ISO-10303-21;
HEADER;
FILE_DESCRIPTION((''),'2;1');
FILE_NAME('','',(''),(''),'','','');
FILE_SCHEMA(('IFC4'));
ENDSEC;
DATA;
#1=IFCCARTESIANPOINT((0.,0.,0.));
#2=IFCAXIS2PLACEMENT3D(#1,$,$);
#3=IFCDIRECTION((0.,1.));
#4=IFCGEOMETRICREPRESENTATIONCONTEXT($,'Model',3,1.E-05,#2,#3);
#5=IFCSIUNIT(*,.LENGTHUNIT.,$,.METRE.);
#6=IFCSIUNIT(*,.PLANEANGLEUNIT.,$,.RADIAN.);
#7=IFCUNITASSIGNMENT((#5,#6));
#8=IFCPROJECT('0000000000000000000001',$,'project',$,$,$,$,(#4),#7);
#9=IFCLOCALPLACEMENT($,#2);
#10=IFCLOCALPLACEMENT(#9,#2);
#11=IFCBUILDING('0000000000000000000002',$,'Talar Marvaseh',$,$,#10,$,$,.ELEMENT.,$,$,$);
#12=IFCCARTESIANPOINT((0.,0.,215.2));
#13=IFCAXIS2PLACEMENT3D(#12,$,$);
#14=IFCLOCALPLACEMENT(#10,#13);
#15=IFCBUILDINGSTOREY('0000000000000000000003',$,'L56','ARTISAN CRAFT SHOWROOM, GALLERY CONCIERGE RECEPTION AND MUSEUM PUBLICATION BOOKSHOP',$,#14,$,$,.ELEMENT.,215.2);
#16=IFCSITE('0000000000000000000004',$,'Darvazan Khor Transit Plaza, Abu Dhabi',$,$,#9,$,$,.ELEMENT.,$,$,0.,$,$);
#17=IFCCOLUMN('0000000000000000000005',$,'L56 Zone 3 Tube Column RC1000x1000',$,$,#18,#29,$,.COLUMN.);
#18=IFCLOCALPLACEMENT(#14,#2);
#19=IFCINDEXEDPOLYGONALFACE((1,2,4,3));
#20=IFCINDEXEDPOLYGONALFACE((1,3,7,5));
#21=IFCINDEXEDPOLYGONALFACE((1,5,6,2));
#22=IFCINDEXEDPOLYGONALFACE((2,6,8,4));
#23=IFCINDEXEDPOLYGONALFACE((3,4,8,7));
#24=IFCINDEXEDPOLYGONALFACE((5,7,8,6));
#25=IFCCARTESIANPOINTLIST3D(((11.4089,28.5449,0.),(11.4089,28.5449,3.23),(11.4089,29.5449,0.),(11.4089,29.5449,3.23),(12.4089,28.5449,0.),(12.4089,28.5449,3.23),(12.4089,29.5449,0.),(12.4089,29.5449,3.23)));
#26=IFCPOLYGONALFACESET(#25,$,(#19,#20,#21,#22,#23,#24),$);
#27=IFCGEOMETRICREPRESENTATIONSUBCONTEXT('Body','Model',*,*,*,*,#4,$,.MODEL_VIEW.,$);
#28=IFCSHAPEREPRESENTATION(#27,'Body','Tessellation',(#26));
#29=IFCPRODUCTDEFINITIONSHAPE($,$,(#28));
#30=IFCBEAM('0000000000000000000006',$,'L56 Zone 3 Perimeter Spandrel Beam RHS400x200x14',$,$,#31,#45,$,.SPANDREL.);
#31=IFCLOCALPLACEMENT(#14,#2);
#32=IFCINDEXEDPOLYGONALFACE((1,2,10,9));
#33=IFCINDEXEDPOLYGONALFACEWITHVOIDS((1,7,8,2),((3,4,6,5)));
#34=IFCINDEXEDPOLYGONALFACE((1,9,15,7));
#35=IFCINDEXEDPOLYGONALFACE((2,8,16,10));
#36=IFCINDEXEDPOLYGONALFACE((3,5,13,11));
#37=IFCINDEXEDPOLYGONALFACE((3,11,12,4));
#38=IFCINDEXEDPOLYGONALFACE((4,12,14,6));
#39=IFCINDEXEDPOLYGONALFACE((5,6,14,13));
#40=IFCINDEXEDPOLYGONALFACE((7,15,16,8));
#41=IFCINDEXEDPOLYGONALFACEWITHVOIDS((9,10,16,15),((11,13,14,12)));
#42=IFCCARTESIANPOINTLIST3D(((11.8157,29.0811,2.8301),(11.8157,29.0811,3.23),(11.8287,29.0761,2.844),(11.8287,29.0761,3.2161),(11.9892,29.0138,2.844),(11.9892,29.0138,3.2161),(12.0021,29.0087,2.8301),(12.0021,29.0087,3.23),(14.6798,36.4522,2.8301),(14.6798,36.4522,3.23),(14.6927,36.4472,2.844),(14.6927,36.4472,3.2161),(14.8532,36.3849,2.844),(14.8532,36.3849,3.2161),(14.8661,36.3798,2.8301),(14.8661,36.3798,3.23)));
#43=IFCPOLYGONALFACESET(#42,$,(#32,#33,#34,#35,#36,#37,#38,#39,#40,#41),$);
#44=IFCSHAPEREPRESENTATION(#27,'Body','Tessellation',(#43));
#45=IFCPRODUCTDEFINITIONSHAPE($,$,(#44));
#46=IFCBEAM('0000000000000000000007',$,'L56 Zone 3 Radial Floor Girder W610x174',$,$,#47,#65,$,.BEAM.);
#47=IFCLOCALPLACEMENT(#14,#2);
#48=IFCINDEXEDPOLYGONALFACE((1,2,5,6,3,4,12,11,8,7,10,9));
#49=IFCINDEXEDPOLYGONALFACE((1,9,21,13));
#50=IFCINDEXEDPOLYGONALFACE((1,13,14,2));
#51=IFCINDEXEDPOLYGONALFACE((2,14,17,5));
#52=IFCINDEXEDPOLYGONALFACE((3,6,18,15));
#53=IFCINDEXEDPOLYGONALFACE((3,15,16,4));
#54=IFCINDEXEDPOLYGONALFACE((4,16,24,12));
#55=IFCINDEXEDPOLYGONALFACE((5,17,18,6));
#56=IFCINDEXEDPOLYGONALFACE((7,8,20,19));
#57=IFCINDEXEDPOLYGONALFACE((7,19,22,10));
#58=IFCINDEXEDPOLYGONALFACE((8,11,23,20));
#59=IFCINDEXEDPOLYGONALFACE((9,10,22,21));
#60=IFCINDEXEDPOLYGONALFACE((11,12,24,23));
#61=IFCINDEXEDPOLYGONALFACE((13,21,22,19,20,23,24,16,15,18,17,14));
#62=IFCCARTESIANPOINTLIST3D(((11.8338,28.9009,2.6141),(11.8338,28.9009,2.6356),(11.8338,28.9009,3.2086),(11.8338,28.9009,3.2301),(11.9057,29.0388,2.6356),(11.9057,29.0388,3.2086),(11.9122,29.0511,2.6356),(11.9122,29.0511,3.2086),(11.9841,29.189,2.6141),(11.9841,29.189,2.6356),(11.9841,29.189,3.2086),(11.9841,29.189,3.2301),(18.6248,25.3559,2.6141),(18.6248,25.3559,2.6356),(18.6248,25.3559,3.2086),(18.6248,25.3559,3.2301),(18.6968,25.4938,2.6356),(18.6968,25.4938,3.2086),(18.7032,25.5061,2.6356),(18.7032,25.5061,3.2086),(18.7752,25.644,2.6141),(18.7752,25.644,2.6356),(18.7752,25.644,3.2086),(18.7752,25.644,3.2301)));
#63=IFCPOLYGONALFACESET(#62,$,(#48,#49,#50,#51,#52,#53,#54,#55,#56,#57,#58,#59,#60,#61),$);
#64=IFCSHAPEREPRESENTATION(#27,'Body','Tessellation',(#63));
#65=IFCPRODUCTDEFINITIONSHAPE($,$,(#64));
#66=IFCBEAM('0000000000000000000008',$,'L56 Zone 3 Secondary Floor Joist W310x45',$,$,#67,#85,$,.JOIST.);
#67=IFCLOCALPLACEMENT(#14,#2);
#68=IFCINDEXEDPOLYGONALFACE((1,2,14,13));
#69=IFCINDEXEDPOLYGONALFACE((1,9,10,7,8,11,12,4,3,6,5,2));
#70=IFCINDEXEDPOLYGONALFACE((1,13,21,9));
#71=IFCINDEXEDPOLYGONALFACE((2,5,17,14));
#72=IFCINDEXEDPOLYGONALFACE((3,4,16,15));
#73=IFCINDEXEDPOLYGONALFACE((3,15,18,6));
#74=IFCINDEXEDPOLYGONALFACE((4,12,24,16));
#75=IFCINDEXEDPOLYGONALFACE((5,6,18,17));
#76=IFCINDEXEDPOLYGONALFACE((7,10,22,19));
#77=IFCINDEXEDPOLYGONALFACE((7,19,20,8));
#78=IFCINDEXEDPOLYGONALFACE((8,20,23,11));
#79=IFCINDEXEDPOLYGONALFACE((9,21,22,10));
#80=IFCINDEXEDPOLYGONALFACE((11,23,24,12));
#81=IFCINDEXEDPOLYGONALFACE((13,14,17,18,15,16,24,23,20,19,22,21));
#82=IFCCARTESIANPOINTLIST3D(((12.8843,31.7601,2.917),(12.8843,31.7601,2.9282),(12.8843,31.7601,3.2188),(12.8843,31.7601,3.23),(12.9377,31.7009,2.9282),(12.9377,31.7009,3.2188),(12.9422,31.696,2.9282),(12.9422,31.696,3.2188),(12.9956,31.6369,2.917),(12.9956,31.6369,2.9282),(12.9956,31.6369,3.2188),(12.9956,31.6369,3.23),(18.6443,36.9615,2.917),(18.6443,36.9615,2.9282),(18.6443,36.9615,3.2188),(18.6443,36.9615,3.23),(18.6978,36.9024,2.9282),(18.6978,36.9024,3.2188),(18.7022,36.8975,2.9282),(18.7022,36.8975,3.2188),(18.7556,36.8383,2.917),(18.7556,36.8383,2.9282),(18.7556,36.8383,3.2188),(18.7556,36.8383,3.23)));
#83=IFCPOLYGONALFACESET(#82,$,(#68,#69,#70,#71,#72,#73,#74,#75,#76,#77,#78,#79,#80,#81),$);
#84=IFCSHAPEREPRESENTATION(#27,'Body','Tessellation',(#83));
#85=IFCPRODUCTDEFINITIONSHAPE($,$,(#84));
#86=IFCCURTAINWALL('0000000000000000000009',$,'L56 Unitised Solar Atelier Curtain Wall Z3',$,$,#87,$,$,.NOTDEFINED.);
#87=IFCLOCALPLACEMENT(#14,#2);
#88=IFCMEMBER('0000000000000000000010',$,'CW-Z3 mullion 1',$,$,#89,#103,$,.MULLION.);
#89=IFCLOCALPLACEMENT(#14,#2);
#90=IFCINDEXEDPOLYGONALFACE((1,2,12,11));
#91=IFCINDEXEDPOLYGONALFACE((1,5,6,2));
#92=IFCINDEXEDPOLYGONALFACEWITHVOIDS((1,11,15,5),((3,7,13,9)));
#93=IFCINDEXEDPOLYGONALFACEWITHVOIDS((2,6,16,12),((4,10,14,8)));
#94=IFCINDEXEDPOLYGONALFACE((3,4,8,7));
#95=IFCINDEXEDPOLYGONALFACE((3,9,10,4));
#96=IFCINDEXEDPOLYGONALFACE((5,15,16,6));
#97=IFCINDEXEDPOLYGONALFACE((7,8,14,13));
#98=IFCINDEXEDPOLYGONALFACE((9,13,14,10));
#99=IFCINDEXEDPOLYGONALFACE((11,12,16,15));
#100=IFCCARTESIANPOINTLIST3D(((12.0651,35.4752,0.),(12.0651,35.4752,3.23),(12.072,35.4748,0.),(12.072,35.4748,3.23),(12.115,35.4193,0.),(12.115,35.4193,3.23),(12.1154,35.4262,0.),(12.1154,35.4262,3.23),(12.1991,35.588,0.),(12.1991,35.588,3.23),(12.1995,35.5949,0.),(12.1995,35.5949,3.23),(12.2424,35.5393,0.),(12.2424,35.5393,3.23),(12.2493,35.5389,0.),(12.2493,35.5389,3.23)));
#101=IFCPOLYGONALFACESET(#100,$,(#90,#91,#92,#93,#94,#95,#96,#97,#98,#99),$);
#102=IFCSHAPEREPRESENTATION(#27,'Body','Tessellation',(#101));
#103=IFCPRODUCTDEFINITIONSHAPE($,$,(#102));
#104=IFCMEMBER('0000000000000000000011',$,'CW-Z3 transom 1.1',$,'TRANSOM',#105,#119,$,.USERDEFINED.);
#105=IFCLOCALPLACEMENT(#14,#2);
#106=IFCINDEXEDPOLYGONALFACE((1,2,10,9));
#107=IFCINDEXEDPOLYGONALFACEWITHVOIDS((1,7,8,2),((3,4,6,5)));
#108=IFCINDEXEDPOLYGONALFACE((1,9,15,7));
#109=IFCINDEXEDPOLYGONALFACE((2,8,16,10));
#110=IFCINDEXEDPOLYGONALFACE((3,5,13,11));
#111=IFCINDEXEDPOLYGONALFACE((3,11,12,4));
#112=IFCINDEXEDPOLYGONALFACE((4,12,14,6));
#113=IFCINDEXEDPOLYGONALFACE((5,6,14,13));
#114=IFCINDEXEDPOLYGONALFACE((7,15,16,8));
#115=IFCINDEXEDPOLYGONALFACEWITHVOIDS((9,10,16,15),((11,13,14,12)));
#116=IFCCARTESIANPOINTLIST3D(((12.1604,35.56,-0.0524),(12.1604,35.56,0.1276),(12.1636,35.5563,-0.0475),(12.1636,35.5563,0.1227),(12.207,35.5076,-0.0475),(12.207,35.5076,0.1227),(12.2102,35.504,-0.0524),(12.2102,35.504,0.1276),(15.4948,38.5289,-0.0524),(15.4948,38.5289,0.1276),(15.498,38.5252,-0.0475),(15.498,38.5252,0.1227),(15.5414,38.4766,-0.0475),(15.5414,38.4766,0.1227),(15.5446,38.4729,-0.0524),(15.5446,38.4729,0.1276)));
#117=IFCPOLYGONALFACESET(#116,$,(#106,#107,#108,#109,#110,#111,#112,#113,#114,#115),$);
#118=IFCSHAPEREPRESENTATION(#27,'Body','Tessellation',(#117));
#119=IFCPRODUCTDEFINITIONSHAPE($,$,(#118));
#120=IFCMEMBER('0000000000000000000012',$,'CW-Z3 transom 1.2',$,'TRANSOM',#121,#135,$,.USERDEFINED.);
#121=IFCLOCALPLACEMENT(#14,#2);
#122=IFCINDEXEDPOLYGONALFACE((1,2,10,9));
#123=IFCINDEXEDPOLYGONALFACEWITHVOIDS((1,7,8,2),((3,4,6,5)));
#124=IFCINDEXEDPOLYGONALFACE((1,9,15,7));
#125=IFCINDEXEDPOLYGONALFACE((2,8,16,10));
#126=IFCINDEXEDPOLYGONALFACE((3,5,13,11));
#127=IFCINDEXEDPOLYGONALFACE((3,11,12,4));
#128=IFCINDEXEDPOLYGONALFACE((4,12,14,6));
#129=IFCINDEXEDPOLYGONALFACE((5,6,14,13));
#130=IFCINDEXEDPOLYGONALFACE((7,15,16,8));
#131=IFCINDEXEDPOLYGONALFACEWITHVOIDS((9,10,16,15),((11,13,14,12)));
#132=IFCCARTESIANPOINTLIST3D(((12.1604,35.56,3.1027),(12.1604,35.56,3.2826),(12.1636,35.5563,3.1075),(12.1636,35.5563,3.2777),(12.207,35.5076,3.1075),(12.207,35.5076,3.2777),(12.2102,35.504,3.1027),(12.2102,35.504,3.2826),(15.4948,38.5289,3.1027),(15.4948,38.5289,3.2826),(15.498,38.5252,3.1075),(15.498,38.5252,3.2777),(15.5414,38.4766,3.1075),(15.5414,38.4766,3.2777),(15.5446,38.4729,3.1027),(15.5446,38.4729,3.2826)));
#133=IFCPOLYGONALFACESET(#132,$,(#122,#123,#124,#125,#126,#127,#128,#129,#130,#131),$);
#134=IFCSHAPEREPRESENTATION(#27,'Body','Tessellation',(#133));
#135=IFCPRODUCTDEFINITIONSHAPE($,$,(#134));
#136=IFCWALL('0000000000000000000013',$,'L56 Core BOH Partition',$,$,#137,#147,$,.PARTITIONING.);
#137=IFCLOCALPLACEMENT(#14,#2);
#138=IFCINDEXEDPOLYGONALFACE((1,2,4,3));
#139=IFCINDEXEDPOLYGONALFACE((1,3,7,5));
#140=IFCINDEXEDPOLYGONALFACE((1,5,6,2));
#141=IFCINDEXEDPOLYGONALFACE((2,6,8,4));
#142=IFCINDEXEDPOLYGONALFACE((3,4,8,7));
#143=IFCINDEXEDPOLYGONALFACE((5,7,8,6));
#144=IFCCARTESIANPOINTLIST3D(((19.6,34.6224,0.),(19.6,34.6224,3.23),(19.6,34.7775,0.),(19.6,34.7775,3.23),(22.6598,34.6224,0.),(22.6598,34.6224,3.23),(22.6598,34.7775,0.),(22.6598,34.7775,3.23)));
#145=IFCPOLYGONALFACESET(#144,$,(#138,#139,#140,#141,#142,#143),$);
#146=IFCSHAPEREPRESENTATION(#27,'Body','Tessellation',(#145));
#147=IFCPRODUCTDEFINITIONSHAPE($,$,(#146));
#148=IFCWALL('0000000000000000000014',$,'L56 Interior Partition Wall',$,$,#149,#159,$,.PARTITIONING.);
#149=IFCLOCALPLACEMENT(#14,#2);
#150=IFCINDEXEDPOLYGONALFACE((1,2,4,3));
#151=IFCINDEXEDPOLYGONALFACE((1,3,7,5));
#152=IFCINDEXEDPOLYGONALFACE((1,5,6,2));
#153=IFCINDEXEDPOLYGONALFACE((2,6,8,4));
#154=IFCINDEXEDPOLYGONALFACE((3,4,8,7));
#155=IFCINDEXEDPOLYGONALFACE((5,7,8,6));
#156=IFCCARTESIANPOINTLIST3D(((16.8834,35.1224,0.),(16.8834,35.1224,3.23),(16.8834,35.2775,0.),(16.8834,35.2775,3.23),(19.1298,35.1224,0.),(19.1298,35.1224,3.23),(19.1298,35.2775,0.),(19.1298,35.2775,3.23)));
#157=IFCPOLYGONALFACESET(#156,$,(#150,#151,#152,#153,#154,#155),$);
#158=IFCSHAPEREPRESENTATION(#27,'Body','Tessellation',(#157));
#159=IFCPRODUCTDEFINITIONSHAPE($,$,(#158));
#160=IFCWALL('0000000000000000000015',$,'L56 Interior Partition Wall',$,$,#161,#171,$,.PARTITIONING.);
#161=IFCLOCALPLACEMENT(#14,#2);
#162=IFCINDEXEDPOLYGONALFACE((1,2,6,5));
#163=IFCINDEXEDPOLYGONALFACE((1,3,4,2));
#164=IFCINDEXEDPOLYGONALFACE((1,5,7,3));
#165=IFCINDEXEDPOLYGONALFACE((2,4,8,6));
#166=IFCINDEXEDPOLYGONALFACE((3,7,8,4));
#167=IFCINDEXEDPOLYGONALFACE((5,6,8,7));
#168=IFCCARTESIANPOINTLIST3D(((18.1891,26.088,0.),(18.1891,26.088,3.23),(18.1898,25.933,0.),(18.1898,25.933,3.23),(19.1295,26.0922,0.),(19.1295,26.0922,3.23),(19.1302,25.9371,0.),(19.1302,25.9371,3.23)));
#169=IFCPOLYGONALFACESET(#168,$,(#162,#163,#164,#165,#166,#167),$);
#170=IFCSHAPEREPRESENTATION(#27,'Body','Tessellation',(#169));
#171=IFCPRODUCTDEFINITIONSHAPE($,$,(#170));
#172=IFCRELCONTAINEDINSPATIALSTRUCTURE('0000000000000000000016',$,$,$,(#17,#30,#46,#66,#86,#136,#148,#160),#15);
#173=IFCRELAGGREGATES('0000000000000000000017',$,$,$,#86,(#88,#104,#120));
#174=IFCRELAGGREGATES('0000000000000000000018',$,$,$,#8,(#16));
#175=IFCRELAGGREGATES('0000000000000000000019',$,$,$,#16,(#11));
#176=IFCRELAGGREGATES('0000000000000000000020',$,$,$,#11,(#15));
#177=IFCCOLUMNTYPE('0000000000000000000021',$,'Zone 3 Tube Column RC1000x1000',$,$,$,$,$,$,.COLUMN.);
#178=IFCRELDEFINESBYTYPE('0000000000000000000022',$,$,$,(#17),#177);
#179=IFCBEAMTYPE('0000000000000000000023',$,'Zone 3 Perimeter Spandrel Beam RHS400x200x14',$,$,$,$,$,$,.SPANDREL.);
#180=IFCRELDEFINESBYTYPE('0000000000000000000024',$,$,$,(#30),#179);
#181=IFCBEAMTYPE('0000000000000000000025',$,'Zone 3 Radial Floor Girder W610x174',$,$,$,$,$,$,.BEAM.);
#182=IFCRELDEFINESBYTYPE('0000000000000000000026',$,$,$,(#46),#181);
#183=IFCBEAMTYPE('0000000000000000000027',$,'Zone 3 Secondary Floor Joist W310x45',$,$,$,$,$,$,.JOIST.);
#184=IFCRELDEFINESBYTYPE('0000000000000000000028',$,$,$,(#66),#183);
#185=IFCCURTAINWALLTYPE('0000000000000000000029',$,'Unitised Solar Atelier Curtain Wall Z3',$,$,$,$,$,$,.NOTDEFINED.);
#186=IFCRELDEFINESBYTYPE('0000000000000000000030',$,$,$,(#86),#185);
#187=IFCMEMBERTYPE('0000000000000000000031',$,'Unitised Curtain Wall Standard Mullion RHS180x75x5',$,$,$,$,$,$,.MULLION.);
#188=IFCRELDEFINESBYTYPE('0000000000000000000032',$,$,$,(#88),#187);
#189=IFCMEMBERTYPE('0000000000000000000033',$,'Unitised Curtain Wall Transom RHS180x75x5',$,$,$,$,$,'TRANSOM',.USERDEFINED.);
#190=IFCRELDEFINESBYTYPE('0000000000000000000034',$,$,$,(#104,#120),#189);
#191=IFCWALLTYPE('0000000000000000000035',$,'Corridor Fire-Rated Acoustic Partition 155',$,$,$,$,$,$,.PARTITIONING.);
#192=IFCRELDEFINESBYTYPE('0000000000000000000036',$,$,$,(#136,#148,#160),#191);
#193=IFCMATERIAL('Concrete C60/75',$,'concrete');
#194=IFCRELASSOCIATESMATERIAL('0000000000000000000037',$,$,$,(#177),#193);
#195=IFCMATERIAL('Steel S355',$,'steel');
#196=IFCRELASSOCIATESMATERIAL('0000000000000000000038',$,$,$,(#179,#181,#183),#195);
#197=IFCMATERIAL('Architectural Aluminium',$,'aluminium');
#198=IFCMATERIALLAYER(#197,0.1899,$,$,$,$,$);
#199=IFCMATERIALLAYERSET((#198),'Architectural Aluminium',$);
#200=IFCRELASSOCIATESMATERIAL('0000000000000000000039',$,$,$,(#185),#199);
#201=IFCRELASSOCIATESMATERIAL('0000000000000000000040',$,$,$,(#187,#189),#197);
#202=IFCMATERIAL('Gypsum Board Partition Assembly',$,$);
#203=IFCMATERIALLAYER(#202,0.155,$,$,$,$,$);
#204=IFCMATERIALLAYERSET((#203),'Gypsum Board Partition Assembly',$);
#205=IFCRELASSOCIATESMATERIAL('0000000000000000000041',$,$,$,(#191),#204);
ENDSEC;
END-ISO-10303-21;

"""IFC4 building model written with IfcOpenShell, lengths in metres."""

from ifc_helpers import new_model, si_unit, direction, frame, frame_2d, origin, origin_2d, place, context, subcontext, project, spatial, rectangle, hollow_rectangle, i_section, extrude, source, transform, mapped, material, layer, layer_set, material_profile, profile_set, type_object, type_shapes, element, aggregate, save


model = new_model("IFC4")

# Units and contexts
model_context = context("Model", 3, precision=1e-05, world=origin(), true_north=direction((0.0, 1.0)))
body_context = subcontext(model_context, "Body", "Model", "MODEL_VIEW")
ifc_project = project(units=[si_unit("LENGTHUNIT", "METRE"), si_unit("PLANEANGLEUNIT", "RADIAN")], contexts=[model_context])

# Site, building, storey
site_placement = place(None, origin())
site = spatial("IfcSite", under=ifc_project, at=site_placement, Name="Darvazan Khor Transit Plaza, Abu Dhabi", CompositionType="ELEMENT", RefElevation=0.0)
building_placement = place(site_placement, origin())
building = spatial("IfcBuilding", under=site, at=building_placement, Name="Talar Marvaseh", CompositionType="ELEMENT")
storey_placement = place(building_placement, frame((0.0, 0.0, 215.2)))
storey = spatial("IfcBuildingStorey", under=building, at=storey_placement, Name="L56", Description="ARTISAN CRAFT SHOWROOM, GALLERY CONCIERGE RECEPTION AND MUSEUM PUBLICATION BOOKSHOP", CompositionType="ELEMENT", Elevation=215.2)

# Column
ifc_material_1 = material(Name="Concrete C60/75", Category="concrete")
ifc_material_profile_1 = material_profile(ifc_material_1, rectangle(XDim=1.0, YDim=1.0, at=origin_2d()), Name="RC1000x1000")
ifc_profile_set_1 = profile_set([ifc_material_profile_1], Name="Concrete C60/75")
column_type = type_object("IfcColumnType", Name="Zone 3 Tube Column RC1000x1000", PredefinedType="COLUMN", material=ifc_profile_set_1)
column_placement = place(storey_placement, frame((11.9089, 29.0449, 0.0), z_axis=(0.0, 0.0, 1.0), x_axis=(1.0, 0.0, 0.0)))
element("IfcColumn", 1, at=column_placement, inside=storey, type_object=column_type, Name="L56 Zone 3 Tube Column RC1000x1000", PredefinedType="COLUMN", context=body_context, shape_type="SweptSolid", body=[
    extrude(rectangle(XDim=1.0, YDim=1.0, at=origin_2d()), origin(), (0.0, 0.0, 1.0), 3.23),
])

# Beams
ifc_material_2 = material(Name="Steel S355", Category="steel")
ifc_material_profile_2 = material_profile(ifc_material_2, hollow_rectangle(XDim=0.2, YDim=0.3999, WallThickness=0.0139, at=origin_2d()), Name="RHS400x200x14")
ifc_profile_set_2 = profile_set([ifc_material_profile_2], Name="Steel S355")
beam_type_1 = type_object("IfcBeamType", Name="Zone 3 Perimeter Spandrel Beam RHS400x200x14", PredefinedType="SPANDREL", material=ifc_profile_set_2)
beam_1_placement = place(storey_placement, frame((11.9089, 29.0449, 3.03), z_axis=(0.362169, 0.932112, 0.0), x_axis=(-0.932112, 0.362169, 0.0)))
element("IfcBeam", 2, at=beam_1_placement, inside=storey, type_object=beam_type_1, Name="L56 Zone 3 Perimeter Spandrel Beam RHS400x200x14", PredefinedType="SPANDREL", context=body_context, shape_type="SweptSolid", body=[
    extrude(hollow_rectangle(XDim=0.2, YDim=0.3999, WallThickness=0.0139, at=origin_2d()), origin(), (0.0, 0.0, 1.0), 7.908),
])
ifc_material_profile_3 = material_profile(ifc_material_2, i_section(OverallWidth=0.325, OverallDepth=0.616, WebThickness=0.0139, FlangeThickness=0.0215, at=origin_2d()), Name="W610x174")
ifc_profile_set_3 = profile_set([ifc_material_profile_3], Name="Steel S355")
beam_type_2 = type_object("IfcBeamType", Name="Zone 3 Radial Floor Girder W610x174", PredefinedType="BEAM", material=ifc_profile_set_3)
beam_2_placement = place(storey_placement, frame((11.9089, 29.0449, 2.9221), z_axis=(0.886489, -0.462749, 0.0), x_axis=(0.462749, 0.886489, 0.0)))
element("IfcBeam", 3, at=beam_2_placement, inside=storey, type_object=beam_type_2, Name="L56 Zone 3 Radial Floor Girder W610x174", PredefinedType="BEAM", context=body_context, shape_type="SweptSolid", body=[
    extrude(i_section(OverallWidth=0.325, OverallDepth=0.616, WebThickness=0.0139, FlangeThickness=0.0215, at=origin_2d()), origin(), (0.0, 0.0, 1.0), 7.6606),
])
ifc_material_profile_4 = material_profile(ifc_material_2, i_section(OverallWidth=0.166, OverallDepth=0.313, WebThickness=0.0066, FlangeThickness=0.0112, at=origin_2d()), Name="W310x45")
ifc_profile_set_4 = profile_set([ifc_material_profile_4], Name="Steel S355")
beam_type_3 = type_object("IfcBeamType", Name="Zone 3 Secondary Floor Joist W310x45", PredefinedType="JOIST", material=ifc_profile_set_4)
beam_3_placement = place(storey_placement, frame((12.9399, 31.6985, 3.0735), z_axis=(0.742178, 0.670203, 0.0), x_axis=(-0.670203, 0.742178, 0.0)))
element("IfcBeam", 4, at=beam_3_placement, inside=storey, type_object=beam_type_3, Name="L56 Zone 3 Secondary Floor Joist W310x45", PredefinedType="JOIST", context=body_context, shape_type="SweptSolid", body=[
    extrude(i_section(OverallWidth=0.166, OverallDepth=0.313, WebThickness=0.0066, FlangeThickness=0.0112, at=origin_2d()), origin(), (0.0, 0.0, 1.0), 7.761),
])

# Curtain wall, members
ifc_material_3 = material(Name="Architectural Aluminium", Category="aluminium")
ifc_layer_1 = layer(ifc_material_3, 0.1899)
ifc_layer_set_1 = layer_set([ifc_layer_1], Name="Architectural Aluminium")
curtain_wall_type = type_object("IfcCurtainWallType", Name="Unitised Solar Atelier Curtain Wall Z3", PredefinedType="NOTDEFINED", material=ifc_layer_set_1)
curtain_wall_placement = place(storey_placement, origin())
curtain_wall = element("IfcCurtainWall", 5, at=curtain_wall_placement, inside=storey, type_object=curtain_wall_type, Name="L56 Unitised Solar Atelier Curtain Wall Z3", PredefinedType="NOTDEFINED")
ifc_material_profile_5 = material_profile(ifc_material_3, hollow_rectangle(XDim=0.075, YDim=0.1799, WallThickness=0.0049, at=origin_2d()), Name="RHS180x75x5")
ifc_profile_set_5 = profile_set([ifc_material_profile_5], Name="Architectural Aluminium")
member_type_1 = type_object("IfcMemberType", Name="Unitised Curtain Wall Standard Mullion RHS180x75x5", PredefinedType="MULLION", material=ifc_profile_set_5)
shared_shape_1 = source(origin(), body_context, "Body", "SweptSolid", [
    extrude(hollow_rectangle(XDim=0.075, YDim=0.1799, WallThickness=0.0049, at=origin_2d()), origin(), (0.0, 0.0, 1.0), 3.23),
])
type_shapes(member_type_1, [shared_shape_1])
member_1_placement = place(storey_placement, frame((12.1572, 35.5071, 0.0), z_axis=(0.0, 0.0, 1.0), x_axis=(-0.664998, 0.746845, 0.0)))
member_1 = element("IfcMember", 6, at=member_1_placement, type_object=member_type_1, Name="CW-Z3 mullion 1", PredefinedType="MULLION", context=body_context, shape_type="MappedRepresentation", body=[
    mapped(shared_shape_1, transform((0.0, 0.0, 0.0), x_axis=(1.0, 0.0, 0.0), y_axis=(0.0, 1.0, 0.0), z_axis=(0.0, 0.0, 1.0), scale=1.0)),
])
ifc_material_profile_6 = material_profile(ifc_material_3, hollow_rectangle(XDim=0.075, YDim=0.1799, WallThickness=0.0049, at=origin_2d()), Name="RHS180x75x5")
ifc_profile_set_6 = profile_set([ifc_material_profile_6], Name="Architectural Aluminium")
member_type_2 = type_object("IfcMemberType", Name="Unitised Curtain Wall Transom RHS180x75x5", ElementType="TRANSOM", PredefinedType="USERDEFINED", material=ifc_profile_set_6)
shared_shape_2 = source(origin(), body_context, "Body", "SweptSolid", [
    extrude(hollow_rectangle(XDim=0.075, YDim=0.1799, WallThickness=0.0049, at=origin_2d()), origin(), (0.0, 0.0, 1.0), 4.4646),
])
type_shapes(member_type_2, [shared_shape_2])
member_2_placement = place(storey_placement, frame((12.1853, 35.532, 0.0376), z_axis=(0.746851, 0.664992, 0.0), x_axis=(-0.664992, 0.746851, 0.0)))
member_2 = element("IfcMember", 7, at=member_2_placement, type_object=member_type_2, Name="CW-Z3 transom 1.1", ObjectType="TRANSOM", PredefinedType="USERDEFINED", context=body_context, shape_type="MappedRepresentation", body=[
    mapped(shared_shape_2, transform((0.0, 0.0, 0.0), x_axis=(1.0, 0.0, 0.0), y_axis=(0.0, 1.0, 0.0), z_axis=(0.0, 0.0, 1.0), scale=1.0)),
])
member_3_placement = place(storey_placement, frame((12.1853, 35.532, 3.1926), z_axis=(0.746851, 0.664992, 0.0), x_axis=(-0.664992, 0.746851, 0.0)))
member_3 = element("IfcMember", 8, at=member_3_placement, type_object=member_type_2, Name="CW-Z3 transom 1.2", ObjectType="TRANSOM", PredefinedType="USERDEFINED", context=body_context, shape_type="MappedRepresentation", body=[
    mapped(shared_shape_2, transform((0.0, 0.0, 0.0), x_axis=(1.0, 0.0, 0.0), y_axis=(0.0, 1.0, 0.0), z_axis=(0.0, 0.0, 1.0), scale=1.0)),
])
aggregate(curtain_wall, [member_1, member_2, member_3])

# Walls
ifc_material_4 = material(Name="Gypsum Board Partition Assembly")
ifc_layer_2 = layer(ifc_material_4, 0.155)
ifc_layer_set_2 = layer_set([ifc_layer_2], Name="Gypsum Board Partition Assembly")
wall_type_1 = type_object("IfcWallType", Name="Corridor Fire-Rated Acoustic Partition 155", PredefinedType="PARTITIONING", material=ifc_layer_set_2)
wall_1_placement = place(storey_placement, frame((19.6001, 34.7, 0.0), z_axis=(0.0, 0.0, 1.0), x_axis=(1.0, 0.0, 0.0)))
element("IfcWall", 9, at=wall_1_placement, inside=storey, type_object=wall_type_1, Name="L56 Core BOH Partition", PredefinedType="PARTITIONING", context=body_context, shape_type="SweptSolid", body=[
    extrude(rectangle(XDim=3.0598, YDim=0.155, at=frame_2d((1.5298, 0.0))), origin(), (0.0, 0.0, 1.0), 3.23),
])
wall_2_placement = place(storey_placement, frame((16.8835, 35.2, 0.0), z_axis=(0.0, 0.0, 1.0), x_axis=(1.0, 0.0, 0.0)))
element("IfcWall", 10, at=wall_2_placement, inside=storey, type_object=wall_type_1, Name="L56 Interior Partition Wall", PredefinedType="PARTITIONING", context=body_context, shape_type="SweptSolid", body=[
    extrude(rectangle(XDim=2.2463, YDim=0.155, at=frame_2d((1.123, 0.0))), origin(), (0.0, 0.0, 1.0), 3.23),
])
wall_3_placement = place(storey_placement, frame((19.1299, 26.0146, 0.0), z_axis=(0.0, 0.0, 1.0), x_axis=(-0.99999, -0.004413, 0.0)))
element("IfcWall", 11, at=wall_3_placement, inside=storey, type_object=wall_type_1, Name="L56 Interior Partition Wall", PredefinedType="PARTITIONING", context=body_context, shape_type="SweptSolid", body=[
    extrude(rectangle(XDim=0.9404, YDim=0.155, at=frame_2d((0.4702, 0.0))), origin(), (0.0, 0.0, 1.0), 3.23),
])

save(model, "model.ifc")
